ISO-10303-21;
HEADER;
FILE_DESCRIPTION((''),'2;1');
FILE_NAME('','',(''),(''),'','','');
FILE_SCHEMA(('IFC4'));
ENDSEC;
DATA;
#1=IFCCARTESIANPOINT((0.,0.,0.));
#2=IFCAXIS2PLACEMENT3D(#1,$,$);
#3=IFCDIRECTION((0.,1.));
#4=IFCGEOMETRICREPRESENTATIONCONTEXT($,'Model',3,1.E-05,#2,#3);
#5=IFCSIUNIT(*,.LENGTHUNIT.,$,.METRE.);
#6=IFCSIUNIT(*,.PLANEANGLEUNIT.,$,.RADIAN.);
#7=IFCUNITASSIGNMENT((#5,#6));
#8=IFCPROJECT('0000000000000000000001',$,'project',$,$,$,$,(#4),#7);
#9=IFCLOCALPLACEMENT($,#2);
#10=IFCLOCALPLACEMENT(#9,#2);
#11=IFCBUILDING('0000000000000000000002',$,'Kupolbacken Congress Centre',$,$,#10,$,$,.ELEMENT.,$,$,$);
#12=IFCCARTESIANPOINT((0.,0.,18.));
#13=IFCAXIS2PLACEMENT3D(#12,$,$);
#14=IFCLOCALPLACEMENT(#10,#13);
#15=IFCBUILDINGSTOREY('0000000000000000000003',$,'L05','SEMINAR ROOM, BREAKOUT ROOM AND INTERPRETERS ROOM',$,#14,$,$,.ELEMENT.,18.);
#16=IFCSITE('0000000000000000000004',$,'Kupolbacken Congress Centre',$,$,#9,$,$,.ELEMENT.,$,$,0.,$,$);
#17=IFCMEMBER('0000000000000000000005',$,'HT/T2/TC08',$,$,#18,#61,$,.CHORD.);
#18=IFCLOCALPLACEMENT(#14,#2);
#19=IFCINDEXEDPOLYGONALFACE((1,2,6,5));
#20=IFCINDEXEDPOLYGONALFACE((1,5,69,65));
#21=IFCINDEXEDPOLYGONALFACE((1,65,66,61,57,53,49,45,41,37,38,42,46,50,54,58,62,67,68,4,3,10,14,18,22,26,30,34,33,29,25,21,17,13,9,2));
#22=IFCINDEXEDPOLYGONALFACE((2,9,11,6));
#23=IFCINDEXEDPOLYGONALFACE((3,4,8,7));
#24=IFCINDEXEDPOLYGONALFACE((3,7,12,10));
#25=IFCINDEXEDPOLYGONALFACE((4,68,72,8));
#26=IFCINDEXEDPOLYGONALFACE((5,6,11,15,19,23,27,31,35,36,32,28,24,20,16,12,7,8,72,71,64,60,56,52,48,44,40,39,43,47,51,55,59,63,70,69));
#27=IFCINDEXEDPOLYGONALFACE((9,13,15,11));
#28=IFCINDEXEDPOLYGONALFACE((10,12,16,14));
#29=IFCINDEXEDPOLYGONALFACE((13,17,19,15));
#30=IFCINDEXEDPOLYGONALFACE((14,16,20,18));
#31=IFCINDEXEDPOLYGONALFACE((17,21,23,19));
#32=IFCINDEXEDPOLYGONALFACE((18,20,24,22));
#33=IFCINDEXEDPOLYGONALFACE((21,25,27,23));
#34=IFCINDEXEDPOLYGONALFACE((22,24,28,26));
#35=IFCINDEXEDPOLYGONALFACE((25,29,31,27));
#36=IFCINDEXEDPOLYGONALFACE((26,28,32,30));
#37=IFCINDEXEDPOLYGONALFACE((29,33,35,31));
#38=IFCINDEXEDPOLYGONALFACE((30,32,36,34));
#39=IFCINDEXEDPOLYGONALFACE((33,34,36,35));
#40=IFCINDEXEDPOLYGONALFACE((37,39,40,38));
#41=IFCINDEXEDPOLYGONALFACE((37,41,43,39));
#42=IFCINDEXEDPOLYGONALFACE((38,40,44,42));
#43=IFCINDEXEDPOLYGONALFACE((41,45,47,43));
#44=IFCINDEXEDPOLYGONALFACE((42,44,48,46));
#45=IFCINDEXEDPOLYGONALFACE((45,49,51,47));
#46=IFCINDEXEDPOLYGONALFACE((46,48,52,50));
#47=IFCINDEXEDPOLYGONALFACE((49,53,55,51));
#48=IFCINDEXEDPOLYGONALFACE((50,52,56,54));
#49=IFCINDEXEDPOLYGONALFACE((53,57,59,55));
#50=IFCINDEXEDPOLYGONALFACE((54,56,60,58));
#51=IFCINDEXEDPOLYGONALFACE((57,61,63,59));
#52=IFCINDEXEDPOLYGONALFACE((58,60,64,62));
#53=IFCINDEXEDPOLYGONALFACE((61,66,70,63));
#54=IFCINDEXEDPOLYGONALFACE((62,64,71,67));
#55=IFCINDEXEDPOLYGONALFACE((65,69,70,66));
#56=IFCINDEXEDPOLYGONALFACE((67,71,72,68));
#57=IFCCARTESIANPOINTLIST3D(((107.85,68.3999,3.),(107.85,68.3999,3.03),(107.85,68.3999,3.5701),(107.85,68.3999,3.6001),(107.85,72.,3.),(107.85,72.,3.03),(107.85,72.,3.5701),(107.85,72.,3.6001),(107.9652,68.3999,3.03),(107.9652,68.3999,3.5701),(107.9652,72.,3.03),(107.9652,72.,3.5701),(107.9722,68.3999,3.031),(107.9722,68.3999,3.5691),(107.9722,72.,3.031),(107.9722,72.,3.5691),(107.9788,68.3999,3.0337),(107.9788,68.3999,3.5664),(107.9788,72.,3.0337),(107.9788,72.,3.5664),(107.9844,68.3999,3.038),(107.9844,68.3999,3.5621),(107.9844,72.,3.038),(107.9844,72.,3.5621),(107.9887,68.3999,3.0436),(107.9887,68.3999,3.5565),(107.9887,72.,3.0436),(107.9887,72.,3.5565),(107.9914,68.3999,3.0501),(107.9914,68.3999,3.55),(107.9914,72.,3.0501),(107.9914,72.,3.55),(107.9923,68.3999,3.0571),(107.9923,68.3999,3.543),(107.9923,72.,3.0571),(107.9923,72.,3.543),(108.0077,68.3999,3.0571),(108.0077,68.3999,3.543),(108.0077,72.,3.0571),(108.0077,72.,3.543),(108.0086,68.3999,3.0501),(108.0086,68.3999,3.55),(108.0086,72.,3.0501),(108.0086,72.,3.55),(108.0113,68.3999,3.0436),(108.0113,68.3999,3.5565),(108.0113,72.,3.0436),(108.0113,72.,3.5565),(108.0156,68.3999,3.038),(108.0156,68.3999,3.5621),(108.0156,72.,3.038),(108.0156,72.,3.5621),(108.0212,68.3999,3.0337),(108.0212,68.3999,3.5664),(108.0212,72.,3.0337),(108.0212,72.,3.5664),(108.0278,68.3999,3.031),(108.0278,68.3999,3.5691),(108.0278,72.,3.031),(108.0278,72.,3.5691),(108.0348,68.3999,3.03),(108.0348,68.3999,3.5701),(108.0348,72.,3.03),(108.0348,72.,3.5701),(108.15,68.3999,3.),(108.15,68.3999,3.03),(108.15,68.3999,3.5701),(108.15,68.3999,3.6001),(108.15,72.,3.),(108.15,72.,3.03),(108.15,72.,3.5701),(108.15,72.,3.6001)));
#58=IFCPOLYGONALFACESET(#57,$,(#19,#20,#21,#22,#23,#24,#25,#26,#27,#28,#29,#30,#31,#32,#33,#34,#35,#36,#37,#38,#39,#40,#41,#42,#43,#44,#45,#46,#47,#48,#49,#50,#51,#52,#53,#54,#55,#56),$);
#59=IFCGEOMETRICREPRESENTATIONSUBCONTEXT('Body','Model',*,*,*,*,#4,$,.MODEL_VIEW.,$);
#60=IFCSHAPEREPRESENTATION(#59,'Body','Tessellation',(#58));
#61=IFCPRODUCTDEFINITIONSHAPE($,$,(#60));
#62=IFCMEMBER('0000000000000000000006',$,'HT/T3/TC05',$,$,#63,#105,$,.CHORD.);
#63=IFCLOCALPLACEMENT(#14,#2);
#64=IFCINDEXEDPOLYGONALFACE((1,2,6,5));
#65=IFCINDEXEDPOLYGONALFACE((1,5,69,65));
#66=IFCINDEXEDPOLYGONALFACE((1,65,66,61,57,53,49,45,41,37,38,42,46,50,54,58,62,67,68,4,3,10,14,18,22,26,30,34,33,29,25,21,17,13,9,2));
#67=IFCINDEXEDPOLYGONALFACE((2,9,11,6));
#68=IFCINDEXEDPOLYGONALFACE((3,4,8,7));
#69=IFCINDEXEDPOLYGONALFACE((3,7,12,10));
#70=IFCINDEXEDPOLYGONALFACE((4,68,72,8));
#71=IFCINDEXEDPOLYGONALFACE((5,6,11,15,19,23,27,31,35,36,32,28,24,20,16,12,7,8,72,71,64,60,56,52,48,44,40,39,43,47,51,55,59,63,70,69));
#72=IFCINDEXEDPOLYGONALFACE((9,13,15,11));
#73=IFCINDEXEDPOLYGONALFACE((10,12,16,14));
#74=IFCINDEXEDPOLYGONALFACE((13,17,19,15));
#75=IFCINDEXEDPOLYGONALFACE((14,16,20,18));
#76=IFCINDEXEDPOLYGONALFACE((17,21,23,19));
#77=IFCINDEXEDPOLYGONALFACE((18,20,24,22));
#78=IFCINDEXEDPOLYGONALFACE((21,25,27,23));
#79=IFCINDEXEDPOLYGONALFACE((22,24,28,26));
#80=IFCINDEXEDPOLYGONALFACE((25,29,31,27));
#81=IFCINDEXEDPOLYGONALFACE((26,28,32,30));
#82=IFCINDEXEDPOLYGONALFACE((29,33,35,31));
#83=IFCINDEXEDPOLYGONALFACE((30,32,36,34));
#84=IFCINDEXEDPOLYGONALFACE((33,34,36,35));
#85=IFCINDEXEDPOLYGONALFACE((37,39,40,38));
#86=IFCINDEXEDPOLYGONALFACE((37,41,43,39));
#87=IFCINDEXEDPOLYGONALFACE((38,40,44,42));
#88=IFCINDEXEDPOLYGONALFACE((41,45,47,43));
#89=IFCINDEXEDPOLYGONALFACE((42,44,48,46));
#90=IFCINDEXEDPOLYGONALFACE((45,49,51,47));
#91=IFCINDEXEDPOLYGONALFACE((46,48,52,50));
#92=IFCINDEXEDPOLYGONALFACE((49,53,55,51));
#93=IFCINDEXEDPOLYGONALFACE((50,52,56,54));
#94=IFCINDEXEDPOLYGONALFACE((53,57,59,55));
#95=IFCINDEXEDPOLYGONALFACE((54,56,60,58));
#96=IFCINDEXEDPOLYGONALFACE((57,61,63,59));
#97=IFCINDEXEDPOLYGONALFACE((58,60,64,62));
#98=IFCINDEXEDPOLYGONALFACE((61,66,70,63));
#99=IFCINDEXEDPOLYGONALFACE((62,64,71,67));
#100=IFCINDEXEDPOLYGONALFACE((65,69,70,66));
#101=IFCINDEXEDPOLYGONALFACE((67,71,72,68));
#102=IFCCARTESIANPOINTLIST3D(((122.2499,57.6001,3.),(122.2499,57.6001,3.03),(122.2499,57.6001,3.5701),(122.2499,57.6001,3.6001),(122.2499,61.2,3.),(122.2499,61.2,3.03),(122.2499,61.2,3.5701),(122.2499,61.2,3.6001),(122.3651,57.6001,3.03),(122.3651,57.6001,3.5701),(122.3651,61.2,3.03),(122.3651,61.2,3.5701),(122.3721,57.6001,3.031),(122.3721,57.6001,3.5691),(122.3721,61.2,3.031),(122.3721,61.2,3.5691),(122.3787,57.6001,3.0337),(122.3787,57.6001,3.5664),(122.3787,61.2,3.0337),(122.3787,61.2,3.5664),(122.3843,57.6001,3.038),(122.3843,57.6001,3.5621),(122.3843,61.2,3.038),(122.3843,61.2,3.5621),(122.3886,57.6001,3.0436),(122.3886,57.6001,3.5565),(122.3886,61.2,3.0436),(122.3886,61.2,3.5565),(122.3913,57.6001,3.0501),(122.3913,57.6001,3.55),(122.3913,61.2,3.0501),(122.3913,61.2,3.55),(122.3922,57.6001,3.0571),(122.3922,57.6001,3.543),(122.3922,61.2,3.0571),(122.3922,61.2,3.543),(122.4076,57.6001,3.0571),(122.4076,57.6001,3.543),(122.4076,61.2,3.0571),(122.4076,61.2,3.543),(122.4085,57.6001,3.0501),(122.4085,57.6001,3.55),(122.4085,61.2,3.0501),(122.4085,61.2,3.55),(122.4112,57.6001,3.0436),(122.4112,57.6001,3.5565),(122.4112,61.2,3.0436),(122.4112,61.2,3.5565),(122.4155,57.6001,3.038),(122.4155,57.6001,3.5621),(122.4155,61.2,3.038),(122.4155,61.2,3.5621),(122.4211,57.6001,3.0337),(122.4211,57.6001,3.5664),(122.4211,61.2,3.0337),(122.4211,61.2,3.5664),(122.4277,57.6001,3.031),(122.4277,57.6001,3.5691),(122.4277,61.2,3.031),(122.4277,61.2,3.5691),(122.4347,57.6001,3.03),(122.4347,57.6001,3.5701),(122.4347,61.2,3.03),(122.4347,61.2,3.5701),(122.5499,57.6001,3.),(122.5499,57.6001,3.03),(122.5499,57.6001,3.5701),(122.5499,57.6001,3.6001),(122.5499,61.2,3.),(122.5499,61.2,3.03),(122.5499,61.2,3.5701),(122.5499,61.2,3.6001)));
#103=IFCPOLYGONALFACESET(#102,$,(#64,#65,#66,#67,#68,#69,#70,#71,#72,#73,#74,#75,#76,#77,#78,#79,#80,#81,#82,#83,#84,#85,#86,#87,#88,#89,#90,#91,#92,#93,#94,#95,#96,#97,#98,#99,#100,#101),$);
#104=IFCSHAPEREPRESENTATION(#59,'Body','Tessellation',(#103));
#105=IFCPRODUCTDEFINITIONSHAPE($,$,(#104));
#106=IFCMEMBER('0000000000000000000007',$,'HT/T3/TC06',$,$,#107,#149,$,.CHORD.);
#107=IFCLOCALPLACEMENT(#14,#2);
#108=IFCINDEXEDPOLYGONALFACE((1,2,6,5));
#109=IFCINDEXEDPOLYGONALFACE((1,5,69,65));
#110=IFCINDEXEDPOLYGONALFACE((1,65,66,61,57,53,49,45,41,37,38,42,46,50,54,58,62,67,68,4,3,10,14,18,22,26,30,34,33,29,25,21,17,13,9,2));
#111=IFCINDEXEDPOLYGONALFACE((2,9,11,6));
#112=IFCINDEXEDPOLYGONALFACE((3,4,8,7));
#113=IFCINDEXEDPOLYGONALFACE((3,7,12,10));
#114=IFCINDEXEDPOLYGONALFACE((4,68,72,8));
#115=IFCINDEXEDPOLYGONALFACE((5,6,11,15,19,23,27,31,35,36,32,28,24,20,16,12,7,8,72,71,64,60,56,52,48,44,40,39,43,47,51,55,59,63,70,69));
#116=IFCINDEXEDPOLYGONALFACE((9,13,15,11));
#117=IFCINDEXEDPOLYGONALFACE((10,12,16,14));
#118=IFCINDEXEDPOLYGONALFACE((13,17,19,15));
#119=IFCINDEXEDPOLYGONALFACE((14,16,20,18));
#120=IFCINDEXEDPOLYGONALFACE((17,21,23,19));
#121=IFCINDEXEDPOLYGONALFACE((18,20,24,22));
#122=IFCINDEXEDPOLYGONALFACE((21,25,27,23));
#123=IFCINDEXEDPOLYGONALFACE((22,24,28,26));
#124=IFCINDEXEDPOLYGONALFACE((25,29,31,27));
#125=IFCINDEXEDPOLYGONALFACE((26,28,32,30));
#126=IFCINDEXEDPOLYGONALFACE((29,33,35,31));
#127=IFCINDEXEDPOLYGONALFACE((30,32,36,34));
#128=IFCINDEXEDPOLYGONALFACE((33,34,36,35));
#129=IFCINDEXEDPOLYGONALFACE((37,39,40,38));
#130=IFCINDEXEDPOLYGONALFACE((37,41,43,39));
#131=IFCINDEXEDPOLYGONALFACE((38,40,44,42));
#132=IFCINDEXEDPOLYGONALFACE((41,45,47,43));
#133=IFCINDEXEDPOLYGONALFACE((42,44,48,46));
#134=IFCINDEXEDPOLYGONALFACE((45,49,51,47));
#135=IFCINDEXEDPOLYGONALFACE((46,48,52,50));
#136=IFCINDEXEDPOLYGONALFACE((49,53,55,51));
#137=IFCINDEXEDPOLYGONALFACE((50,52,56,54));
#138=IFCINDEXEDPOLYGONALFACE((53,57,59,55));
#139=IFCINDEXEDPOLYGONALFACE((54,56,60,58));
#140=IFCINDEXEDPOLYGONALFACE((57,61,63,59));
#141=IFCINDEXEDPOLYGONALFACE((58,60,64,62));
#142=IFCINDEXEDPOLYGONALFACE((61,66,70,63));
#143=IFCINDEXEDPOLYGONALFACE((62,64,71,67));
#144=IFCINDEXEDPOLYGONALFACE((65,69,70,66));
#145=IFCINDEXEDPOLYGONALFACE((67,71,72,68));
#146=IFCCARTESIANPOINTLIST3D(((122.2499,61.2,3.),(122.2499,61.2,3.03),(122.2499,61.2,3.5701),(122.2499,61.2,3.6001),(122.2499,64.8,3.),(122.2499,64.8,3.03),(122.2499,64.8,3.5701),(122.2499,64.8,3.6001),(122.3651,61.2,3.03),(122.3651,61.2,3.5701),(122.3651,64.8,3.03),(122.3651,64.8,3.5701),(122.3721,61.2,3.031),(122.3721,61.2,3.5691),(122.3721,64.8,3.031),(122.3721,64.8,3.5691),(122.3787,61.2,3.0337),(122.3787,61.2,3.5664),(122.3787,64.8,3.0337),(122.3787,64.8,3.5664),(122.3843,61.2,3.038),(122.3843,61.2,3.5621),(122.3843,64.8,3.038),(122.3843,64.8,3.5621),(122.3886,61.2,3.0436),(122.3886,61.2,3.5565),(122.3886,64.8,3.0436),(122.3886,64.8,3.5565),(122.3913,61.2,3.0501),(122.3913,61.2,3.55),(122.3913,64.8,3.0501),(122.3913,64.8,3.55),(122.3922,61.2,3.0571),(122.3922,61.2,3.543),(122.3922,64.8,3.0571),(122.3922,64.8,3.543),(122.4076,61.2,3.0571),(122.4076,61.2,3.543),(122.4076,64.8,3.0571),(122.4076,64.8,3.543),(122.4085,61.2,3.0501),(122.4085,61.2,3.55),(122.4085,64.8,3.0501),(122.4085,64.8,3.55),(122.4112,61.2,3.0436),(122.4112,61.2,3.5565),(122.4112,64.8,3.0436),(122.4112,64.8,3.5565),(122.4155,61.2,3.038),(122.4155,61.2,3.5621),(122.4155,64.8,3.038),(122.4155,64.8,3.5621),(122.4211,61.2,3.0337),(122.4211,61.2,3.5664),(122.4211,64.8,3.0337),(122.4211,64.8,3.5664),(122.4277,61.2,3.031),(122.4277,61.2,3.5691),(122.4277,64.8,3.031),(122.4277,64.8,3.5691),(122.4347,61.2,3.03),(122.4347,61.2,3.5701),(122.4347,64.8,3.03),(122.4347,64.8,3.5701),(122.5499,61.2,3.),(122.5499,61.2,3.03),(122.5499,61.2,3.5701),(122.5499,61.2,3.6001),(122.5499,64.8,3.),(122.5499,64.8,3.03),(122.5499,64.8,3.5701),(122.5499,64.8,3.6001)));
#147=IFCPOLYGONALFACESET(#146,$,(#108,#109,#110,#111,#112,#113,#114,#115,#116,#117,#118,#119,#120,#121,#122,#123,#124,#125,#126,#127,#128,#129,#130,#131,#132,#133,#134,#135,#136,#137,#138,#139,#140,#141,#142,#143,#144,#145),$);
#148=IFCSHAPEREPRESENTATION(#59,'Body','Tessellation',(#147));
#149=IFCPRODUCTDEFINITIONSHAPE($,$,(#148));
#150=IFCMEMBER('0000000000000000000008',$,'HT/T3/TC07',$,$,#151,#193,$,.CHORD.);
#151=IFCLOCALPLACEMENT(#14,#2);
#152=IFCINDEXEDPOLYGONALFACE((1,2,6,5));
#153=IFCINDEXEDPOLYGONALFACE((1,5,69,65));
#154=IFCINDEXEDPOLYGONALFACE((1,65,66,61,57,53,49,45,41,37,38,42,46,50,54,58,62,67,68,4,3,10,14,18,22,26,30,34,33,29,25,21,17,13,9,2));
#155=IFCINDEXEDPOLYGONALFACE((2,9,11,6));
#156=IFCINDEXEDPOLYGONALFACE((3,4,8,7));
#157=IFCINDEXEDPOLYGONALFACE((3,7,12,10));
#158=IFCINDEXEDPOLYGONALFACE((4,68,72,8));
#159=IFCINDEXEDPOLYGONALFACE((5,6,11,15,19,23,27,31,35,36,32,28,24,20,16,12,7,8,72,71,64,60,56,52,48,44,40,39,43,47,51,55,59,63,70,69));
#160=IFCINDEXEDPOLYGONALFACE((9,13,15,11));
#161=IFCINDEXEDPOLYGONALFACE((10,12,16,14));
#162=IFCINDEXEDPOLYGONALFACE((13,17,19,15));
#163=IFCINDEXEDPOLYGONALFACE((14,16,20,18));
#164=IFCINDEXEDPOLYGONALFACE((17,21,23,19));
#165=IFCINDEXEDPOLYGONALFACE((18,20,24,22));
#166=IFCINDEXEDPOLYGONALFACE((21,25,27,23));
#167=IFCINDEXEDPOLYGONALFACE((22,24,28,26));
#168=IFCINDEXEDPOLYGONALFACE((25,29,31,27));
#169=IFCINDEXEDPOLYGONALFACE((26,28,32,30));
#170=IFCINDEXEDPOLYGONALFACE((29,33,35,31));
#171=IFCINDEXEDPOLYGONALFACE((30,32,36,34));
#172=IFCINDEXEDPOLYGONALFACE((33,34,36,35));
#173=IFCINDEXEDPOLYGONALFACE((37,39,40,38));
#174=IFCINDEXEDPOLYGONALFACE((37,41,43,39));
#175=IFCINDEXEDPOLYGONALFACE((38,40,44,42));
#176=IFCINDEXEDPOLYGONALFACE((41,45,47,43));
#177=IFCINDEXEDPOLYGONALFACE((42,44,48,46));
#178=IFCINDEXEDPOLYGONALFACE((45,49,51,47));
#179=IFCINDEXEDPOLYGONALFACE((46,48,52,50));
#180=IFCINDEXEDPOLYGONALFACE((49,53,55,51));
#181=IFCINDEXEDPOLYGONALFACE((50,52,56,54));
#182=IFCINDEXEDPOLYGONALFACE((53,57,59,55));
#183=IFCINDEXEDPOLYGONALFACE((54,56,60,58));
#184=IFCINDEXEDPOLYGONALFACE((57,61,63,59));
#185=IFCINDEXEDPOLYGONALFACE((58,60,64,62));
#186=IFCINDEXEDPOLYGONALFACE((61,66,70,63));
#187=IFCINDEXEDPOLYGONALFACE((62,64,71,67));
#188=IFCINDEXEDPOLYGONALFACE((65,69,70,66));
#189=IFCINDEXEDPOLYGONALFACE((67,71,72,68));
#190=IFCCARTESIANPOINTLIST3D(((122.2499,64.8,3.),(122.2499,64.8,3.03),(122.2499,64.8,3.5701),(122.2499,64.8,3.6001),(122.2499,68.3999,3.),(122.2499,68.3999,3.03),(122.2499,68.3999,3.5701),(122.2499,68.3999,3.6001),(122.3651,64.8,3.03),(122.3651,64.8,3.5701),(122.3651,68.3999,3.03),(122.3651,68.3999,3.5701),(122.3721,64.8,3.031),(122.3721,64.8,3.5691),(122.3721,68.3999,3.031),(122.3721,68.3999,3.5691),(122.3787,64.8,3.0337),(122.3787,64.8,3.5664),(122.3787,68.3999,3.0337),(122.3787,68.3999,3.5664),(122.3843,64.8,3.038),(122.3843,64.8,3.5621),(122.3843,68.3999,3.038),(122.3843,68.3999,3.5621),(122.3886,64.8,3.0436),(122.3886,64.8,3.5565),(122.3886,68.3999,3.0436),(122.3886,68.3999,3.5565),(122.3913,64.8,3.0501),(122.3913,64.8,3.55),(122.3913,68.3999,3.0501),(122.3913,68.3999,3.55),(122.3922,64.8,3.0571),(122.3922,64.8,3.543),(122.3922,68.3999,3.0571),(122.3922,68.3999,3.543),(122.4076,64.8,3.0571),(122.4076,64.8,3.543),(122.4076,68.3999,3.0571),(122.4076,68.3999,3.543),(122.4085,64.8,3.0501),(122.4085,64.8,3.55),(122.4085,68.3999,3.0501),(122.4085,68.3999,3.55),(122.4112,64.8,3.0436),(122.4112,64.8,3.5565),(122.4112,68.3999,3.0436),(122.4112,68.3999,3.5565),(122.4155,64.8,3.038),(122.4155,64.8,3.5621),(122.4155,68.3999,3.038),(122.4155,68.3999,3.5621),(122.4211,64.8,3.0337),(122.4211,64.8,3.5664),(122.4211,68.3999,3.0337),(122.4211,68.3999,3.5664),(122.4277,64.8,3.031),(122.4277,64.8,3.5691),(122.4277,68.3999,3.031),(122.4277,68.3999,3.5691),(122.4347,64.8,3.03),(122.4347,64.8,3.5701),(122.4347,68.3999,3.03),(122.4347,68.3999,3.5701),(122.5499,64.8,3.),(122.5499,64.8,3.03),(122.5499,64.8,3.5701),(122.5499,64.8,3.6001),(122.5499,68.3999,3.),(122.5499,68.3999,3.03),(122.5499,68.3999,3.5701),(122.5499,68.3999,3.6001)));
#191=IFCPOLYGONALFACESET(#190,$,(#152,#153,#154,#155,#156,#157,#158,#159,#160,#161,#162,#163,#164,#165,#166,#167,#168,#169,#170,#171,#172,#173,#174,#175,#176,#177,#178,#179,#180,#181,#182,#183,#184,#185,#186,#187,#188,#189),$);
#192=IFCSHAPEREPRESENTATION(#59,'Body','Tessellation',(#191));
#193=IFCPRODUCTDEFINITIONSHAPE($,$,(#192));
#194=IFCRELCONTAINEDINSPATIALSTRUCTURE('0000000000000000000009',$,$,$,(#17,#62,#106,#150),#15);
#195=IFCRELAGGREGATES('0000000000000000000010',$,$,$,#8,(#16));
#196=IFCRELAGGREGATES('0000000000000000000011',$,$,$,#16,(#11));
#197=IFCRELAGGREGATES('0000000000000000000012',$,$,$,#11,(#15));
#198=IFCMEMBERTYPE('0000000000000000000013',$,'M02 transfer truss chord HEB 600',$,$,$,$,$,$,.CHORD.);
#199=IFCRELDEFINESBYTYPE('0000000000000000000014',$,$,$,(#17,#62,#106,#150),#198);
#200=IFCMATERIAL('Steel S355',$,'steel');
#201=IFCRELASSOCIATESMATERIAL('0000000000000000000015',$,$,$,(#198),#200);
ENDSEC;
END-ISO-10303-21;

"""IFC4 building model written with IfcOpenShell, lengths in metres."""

from ifc_helpers import new_model, si_unit, direction, frame, origin, origin_2d, place, context, subcontext, project, spatial, i_section, extrude, material, material_profile, profile_set, type_object, element, save


model = new_model("IFC4")

# Units and contexts
model_context = context("Model", 3, precision=1e-05, world=origin(), true_north=direction((0.0, 1.0)))
body_context = subcontext(model_context, "Body", "Model", "MODEL_VIEW")
ifc_project = project(units=[si_unit("LENGTHUNIT", "METRE"), si_unit("PLANEANGLEUNIT", "RADIAN")], contexts=[model_context])

# Site, building, storey
site_placement = place(None, origin())
site = spatial("IfcSite", under=ifc_project, at=site_placement, Name="Kupolbacken Congress Centre", CompositionType="ELEMENT", RefElevation=0.0)
building_placement = place(site_placement, origin())
building = spatial("IfcBuilding", under=site, at=building_placement, Name="Kupolbacken Congress Centre", CompositionType="ELEMENT")
storey_placement = place(building_placement, frame((0.0, 0.0, 18.0)))
storey = spatial("IfcBuildingStorey", under=building, at=storey_placement, Name="L05", Description="SEMINAR ROOM, BREAKOUT ROOM AND INTERPRETERS ROOM", CompositionType="ELEMENT", Elevation=18.0)

# Members
ifc_material_1 = material(Name="Steel S355", Category="steel")
ifc_material_profile_1 = material_profile(ifc_material_1, i_section(OverallWidth=0.3, OverallDepth=0.6001, WebThickness=0.0154, FlangeThickness=0.03, FilletRadius=0.0271, at=origin_2d()), Name="HEB 600")
ifc_profile_set_1 = profile_set([ifc_material_profile_1], Name="Steel S355")
member_type_1 = type_object("IfcMemberType", Name="M02 transfer truss chord HEB 600", PredefinedType="CHORD", material=ifc_profile_set_1)
member_1_placement = place(storey_placement, frame((108.0, 68.3999, 3.3), z_axis=(0.0, 1.0, 0.0), x_axis=(-1.0, 0.0, 0.0)))
element("IfcMember", 1, at=member_1_placement, inside=storey, type_object=member_type_1, Name="HT/T2/TC08", PredefinedType="CHORD", context=body_context, shape_type="SweptSolid", body=[
    extrude(i_section(OverallWidth=0.3, OverallDepth=0.6001, WebThickness=0.0154, FlangeThickness=0.03, FilletRadius=0.0271, at=origin_2d()), origin(), (0.0, 0.0, 1.0), 3.6001),
])
member_2_placement = place(storey_placement, frame((122.3999, 57.6001, 3.3), z_axis=(0.0, 1.0, 0.0), x_axis=(-1.0, 0.0, 0.0)))
element("IfcMember", 2, at=member_2_placement, inside=storey, type_object=member_type_1, Name="HT/T3/TC05", PredefinedType="CHORD", context=body_context, shape_type="SweptSolid", body=[
    extrude(i_section(OverallWidth=0.3, OverallDepth=0.6001, WebThickness=0.0154, FlangeThickness=0.03, FilletRadius=0.0271, at=origin_2d()), origin(), (0.0, 0.0, 1.0), 3.5999),
])
member_3_placement = place(storey_placement, frame((122.3999, 61.2, 3.3), z_axis=(0.0, 1.0, 0.0), x_axis=(-1.0, 0.0, 0.0)))
element("IfcMember", 3, at=member_3_placement, inside=storey, type_object=member_type_1, Name="HT/T3/TC06", PredefinedType="CHORD", context=body_context, shape_type="SweptSolid", body=[
    extrude(i_section(OverallWidth=0.3, OverallDepth=0.6001, WebThickness=0.0154, FlangeThickness=0.03, FilletRadius=0.0271, at=origin_2d()), origin(), (0.0, 0.0, 1.0), 3.6001),
])
member_4_placement = place(storey_placement, frame((122.3999, 64.8, 3.3), z_axis=(0.0, 1.0, 0.0), x_axis=(-1.0, 0.0, 0.0)))
element("IfcMember", 4, at=member_4_placement, inside=storey, type_object=member_type_1, Name="HT/T3/TC07", PredefinedType="CHORD", context=body_context, shape_type="SweptSolid", body=[
    extrude(i_section(OverallWidth=0.3, OverallDepth=0.6001, WebThickness=0.0154, FlangeThickness=0.03, FilletRadius=0.0271, at=origin_2d()), origin(), (0.0, 0.0, 1.0), 3.5999),
])

save(model, "model.ifc")
